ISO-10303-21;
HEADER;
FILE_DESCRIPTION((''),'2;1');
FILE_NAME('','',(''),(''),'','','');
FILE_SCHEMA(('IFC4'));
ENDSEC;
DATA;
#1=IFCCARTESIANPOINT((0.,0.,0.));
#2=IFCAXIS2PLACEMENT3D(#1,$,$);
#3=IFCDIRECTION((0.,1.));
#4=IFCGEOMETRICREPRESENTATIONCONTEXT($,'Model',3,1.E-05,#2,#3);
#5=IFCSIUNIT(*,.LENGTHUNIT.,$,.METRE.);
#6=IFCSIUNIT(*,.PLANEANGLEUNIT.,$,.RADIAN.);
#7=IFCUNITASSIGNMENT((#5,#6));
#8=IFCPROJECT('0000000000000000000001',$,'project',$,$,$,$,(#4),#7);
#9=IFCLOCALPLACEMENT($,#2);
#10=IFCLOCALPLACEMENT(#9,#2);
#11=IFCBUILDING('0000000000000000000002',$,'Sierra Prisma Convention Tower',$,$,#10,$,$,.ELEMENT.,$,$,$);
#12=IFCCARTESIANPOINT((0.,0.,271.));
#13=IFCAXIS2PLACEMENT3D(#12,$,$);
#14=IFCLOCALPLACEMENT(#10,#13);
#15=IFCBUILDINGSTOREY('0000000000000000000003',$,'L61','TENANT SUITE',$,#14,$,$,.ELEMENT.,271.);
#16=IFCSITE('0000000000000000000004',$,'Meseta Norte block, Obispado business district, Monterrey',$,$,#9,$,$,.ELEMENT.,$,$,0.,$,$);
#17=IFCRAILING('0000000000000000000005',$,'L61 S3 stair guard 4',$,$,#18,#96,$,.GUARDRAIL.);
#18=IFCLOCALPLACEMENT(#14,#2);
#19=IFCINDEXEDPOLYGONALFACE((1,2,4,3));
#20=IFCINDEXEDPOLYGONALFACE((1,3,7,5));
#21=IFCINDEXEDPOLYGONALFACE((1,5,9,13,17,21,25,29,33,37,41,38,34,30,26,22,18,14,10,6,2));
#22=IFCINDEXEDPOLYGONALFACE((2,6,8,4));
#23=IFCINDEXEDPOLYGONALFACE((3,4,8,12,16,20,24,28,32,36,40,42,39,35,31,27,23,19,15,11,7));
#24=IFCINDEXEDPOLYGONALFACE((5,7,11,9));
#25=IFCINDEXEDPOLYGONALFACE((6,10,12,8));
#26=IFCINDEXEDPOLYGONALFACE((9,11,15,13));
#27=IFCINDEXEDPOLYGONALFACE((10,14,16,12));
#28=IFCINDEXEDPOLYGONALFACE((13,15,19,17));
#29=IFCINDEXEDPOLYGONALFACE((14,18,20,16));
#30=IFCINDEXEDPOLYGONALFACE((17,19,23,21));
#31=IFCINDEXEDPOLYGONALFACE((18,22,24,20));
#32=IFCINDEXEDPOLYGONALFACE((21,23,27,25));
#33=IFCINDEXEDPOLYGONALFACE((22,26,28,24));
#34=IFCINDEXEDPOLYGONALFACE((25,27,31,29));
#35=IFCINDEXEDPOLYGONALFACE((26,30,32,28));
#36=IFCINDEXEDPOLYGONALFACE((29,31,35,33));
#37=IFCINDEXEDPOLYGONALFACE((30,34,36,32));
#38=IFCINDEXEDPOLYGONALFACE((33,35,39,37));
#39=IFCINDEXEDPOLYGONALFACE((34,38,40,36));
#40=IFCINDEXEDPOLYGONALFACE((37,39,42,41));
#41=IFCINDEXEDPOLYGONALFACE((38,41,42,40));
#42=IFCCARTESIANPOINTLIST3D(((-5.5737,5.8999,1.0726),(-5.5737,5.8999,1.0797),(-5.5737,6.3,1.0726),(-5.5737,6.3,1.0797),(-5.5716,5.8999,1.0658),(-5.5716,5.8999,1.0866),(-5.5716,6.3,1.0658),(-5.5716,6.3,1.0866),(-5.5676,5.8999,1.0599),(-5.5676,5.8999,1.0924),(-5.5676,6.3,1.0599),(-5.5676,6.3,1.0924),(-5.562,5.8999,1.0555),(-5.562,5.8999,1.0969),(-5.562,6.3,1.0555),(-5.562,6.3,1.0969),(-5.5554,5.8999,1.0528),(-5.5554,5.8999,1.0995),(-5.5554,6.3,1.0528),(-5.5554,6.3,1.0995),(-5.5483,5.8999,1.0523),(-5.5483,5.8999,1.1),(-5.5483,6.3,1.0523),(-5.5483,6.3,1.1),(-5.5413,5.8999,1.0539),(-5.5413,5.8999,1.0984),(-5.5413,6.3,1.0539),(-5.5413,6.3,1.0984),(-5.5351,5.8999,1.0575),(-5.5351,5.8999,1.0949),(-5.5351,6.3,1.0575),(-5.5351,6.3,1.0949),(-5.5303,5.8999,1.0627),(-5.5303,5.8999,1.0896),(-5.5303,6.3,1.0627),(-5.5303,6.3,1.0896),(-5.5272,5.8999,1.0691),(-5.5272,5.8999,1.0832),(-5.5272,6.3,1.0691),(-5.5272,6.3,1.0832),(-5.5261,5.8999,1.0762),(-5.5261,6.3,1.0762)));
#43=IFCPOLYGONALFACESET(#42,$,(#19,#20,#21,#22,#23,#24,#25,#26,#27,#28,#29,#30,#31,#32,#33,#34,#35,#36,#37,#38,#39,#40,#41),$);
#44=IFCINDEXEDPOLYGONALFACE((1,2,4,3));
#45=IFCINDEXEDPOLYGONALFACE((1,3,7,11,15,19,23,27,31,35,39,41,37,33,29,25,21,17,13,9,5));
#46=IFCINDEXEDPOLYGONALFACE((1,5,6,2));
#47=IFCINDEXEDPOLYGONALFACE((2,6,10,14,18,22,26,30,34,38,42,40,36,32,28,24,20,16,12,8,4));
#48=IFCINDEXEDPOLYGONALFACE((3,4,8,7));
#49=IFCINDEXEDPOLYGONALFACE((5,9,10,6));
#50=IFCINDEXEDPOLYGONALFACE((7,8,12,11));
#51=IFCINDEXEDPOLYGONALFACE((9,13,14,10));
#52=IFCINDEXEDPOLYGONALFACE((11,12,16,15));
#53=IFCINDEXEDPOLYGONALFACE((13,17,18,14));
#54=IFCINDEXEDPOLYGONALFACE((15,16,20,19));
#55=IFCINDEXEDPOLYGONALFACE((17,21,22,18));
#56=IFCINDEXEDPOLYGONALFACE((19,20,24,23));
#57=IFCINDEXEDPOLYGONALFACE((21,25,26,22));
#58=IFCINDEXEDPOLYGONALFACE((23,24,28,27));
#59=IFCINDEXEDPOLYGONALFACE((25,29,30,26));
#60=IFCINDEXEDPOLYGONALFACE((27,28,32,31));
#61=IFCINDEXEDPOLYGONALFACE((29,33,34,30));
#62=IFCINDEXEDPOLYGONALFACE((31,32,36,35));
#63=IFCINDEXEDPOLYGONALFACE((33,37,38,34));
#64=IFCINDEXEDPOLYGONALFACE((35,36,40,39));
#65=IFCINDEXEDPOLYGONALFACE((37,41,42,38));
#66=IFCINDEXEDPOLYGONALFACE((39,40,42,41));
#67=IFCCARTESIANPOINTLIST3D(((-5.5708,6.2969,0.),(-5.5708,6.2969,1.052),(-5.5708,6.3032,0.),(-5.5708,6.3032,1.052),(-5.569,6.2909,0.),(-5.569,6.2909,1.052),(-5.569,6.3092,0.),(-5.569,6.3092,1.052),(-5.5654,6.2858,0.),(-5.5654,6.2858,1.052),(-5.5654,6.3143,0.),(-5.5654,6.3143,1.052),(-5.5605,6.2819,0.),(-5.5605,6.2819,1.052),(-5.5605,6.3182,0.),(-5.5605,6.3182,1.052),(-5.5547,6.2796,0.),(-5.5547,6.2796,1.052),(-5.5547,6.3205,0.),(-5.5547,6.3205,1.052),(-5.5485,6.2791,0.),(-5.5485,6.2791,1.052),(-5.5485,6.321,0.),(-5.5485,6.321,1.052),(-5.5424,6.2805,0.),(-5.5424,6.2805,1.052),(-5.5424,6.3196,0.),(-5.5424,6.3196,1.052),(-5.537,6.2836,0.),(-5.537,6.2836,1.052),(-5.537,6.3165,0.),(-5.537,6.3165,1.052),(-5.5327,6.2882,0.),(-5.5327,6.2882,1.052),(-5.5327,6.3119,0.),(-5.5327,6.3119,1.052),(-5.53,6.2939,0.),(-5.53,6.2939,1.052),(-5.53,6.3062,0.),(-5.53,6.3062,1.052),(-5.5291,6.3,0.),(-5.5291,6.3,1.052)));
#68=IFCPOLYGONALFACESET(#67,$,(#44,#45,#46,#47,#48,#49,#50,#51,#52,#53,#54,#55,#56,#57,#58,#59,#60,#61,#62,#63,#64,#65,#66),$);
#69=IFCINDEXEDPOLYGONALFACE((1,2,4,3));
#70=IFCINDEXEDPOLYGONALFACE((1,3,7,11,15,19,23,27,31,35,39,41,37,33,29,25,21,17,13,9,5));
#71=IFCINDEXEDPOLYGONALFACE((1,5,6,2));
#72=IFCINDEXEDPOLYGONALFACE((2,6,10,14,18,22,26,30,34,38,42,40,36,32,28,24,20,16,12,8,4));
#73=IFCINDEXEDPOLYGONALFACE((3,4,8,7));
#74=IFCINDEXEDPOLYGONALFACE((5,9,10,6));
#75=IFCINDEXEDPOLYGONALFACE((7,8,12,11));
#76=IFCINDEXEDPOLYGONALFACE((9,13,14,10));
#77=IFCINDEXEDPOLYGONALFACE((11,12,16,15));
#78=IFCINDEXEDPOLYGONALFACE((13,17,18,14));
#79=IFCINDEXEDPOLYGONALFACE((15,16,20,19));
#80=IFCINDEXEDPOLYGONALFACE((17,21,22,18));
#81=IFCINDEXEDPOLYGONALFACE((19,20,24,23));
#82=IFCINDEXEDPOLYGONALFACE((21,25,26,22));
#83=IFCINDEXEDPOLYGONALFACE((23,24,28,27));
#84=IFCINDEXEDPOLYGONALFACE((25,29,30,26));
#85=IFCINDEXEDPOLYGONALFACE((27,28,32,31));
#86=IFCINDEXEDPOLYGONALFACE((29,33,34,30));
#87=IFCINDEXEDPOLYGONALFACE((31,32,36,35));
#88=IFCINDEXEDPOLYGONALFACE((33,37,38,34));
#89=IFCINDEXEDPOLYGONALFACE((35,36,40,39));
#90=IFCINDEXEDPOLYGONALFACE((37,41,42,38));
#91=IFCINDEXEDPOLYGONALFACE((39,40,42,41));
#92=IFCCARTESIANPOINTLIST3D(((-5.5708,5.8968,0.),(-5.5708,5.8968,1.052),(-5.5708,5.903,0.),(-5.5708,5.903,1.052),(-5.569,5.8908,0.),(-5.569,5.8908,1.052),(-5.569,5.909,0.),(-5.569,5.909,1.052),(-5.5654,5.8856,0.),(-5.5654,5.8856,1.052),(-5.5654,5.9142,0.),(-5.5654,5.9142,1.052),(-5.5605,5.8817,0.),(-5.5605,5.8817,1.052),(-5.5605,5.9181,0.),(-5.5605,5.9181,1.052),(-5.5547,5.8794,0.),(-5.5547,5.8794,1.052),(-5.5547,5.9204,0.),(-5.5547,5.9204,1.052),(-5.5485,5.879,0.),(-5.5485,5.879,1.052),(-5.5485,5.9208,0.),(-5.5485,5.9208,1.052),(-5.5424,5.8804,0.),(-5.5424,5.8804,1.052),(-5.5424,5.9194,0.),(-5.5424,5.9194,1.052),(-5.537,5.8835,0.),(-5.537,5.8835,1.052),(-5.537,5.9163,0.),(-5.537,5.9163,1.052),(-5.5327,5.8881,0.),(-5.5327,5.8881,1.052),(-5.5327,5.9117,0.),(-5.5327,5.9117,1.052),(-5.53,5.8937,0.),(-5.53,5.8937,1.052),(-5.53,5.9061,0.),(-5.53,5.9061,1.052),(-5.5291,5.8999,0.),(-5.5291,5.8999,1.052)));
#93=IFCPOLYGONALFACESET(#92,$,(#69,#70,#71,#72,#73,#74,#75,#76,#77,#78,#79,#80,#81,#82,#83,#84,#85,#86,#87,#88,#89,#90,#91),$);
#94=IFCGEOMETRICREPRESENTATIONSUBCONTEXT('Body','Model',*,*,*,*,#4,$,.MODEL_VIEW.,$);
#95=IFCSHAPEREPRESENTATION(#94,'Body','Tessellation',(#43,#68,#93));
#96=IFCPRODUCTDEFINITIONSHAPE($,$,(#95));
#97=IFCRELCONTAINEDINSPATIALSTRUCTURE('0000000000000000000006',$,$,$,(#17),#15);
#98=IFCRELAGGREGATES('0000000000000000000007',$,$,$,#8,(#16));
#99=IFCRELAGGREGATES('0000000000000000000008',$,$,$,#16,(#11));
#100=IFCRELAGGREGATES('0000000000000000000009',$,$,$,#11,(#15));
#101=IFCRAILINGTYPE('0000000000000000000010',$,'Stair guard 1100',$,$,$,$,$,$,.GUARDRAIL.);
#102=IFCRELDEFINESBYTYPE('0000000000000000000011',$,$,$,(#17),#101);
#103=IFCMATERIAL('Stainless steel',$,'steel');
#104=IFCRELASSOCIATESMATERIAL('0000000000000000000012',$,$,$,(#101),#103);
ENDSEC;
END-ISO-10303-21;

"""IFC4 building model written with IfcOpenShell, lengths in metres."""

from ifc_helpers import new_model, si_unit, direction, frame, origin, origin_2d, place, context, subcontext, project, spatial, circle, extrude, material, type_object, element, save


model = new_model("IFC4")

# Units and contexts
model_context = context("Model", 3, precision=1e-05, world=origin(), true_north=direction((0.0, 1.0)))
body_context = subcontext(model_context, "Body", "Model", "MODEL_VIEW")
ifc_project = project(units=[si_unit("LENGTHUNIT", "METRE"), si_unit("PLANEANGLEUNIT", "RADIAN")], contexts=[model_context])

# Site, building, storey
site_placement = place(None, origin())
site = spatial("IfcSite", under=ifc_project, at=site_placement, Name="Meseta Norte block, Obispado business district, Monterrey", CompositionType="ELEMENT", RefElevation=0.0)
building_placement = place(site_placement, origin())
building = spatial("IfcBuilding", under=site, at=building_placement, Name="Sierra Prisma Convention Tower", CompositionType="ELEMENT")
storey_placement = place(building_placement, frame((0.0, 0.0, 271.0)))
storey = spatial("IfcBuildingStorey", under=building, at=storey_placement, Name="L61", Description="TENANT SUITE", CompositionType="ELEMENT", Elevation=271.0)

# Railing
ifc_material_1 = material(Name="Stainless steel", Category="steel")
railing_type_1 = type_object("IfcRailingType", Name="Stair guard 1100", PredefinedType="GUARDRAIL", material=ifc_material_1)
railing_1_placement = place(storey_placement, frame((-5.55, 6.3, 0.0)))
element("IfcRailing", 1, at=railing_1_placement, inside=storey, type_object=railing_type_1, Name="L61 S3 stair guard 4", PredefinedType="GUARDRAIL", context=body_context, shape_type="SweptSolid", body=[
    extrude(circle(Radius=0.0239, at=origin_2d()), frame((0.0, 0.0, 1.0762), z_axis=(0.0, -1.0, 0.0), x_axis=(1.0, 0.0, 0.0)), (0.0, 0.0, 1.0), 0.4001),
    extrude(circle(Radius=0.021, at=origin_2d()), origin(), (0.0, 0.0, 1.0), 1.052),
    extrude(circle(Radius=0.021, at=origin_2d()), frame((0.0, -0.4001, 0.0)), (0.0, 0.0, 1.0), 1.052),
])

save(model, "model.ifc")
